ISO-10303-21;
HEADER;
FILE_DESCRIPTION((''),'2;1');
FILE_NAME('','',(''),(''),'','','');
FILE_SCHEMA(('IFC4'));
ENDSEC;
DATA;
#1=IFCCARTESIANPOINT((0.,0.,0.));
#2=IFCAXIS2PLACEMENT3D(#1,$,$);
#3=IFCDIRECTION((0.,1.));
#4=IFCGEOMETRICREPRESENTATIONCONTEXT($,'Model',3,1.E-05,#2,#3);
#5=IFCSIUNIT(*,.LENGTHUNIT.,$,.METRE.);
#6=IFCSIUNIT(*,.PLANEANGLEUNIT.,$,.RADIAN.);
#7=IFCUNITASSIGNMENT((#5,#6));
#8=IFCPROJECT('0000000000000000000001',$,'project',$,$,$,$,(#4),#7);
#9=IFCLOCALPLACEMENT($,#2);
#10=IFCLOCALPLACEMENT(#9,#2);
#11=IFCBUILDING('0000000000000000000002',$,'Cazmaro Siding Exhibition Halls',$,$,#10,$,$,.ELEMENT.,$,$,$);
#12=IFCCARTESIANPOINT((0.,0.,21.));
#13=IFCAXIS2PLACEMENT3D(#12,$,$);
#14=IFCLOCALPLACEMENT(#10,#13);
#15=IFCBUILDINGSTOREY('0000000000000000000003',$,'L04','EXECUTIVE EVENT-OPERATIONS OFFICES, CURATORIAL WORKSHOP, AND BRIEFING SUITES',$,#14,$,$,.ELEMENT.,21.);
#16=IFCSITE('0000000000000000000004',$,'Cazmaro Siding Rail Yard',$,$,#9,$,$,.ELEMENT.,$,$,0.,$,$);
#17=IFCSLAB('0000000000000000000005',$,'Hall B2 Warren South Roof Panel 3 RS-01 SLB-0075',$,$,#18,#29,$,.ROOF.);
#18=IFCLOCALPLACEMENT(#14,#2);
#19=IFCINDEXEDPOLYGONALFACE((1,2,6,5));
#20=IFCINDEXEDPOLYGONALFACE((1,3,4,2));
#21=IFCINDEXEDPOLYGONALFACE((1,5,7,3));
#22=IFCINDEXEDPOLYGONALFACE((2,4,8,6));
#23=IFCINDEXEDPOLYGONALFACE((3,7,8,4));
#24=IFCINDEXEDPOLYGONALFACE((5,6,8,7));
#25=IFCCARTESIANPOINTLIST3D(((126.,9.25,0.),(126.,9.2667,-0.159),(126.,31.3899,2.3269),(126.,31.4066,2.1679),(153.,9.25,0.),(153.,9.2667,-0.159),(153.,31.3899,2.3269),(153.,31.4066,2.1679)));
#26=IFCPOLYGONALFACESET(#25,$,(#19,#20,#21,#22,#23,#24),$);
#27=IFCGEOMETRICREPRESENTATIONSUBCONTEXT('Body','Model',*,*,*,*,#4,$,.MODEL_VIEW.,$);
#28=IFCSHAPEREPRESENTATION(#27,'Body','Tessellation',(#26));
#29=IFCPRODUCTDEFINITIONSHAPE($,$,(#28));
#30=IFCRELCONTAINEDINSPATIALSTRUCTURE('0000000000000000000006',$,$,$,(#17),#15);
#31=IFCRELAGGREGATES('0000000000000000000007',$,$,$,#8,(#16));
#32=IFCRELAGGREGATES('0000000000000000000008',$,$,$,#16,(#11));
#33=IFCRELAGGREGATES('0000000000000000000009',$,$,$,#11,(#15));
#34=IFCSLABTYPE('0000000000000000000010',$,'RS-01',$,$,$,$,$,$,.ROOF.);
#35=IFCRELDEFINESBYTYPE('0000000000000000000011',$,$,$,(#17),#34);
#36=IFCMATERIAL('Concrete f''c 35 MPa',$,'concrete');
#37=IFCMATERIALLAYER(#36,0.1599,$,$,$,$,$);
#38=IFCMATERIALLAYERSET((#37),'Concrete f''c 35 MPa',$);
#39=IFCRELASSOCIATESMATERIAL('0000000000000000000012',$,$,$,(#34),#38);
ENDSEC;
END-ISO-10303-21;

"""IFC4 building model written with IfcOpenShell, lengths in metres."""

from ifc_helpers import new_model, si_unit, direction, frame, origin, place, context, subcontext, project, spatial, polyline, outline, extrude, material, layer, layer_set, type_object, element, save


model = new_model("IFC4")

# Units and contexts
model_context = context("Model", 3, precision=1e-05, world=origin(), true_north=direction((0.0, 1.0)))
body_context = subcontext(model_context, "Body", "Model", "MODEL_VIEW")
ifc_project = project(units=[si_unit("LENGTHUNIT", "METRE"), si_unit("PLANEANGLEUNIT", "RADIAN")], contexts=[model_context])

# Site, building, storey
site_placement = place(None, origin())
site = spatial("IfcSite", under=ifc_project, at=site_placement, Name="Cazmaro Siding Rail Yard", CompositionType="ELEMENT", RefElevation=0.0)
building_placement = place(site_placement, origin())
building = spatial("IfcBuilding", under=site, at=building_placement, Name="Cazmaro Siding Exhibition Halls", CompositionType="ELEMENT")
storey_placement = place(building_placement, frame((0.0, 0.0, 21.0)))
storey = spatial("IfcBuildingStorey", under=building, at=storey_placement, Name="L04", Description="EXECUTIVE EVENT-OPERATIONS OFFICES, CURATORIAL WORKSHOP, AND BRIEFING SUITES", CompositionType="ELEMENT", Elevation=21.0)

# Slab
ifc_material_1 = material(Name="Concrete f'c 35 MPa", Category="concrete")
ifc_layer_1 = layer(ifc_material_1, 0.1599)
ifc_layer_set_1 = layer_set([ifc_layer_1], Name="Concrete f'c 35 MPa")
slab_type = type_object("IfcSlabType", Name="RS-01", PredefinedType="ROOF", material=ifc_layer_set_1)
slab_placement = place(storey_placement, frame((126.0, 9.25, 0.0), z_axis=(0.0, -0.104524, 0.994522), x_axis=(1.0, 0.0, 0.0)))
element("IfcSlab", 1, at=slab_placement, inside=storey, type_object=slab_type, Name="Hall B2 Warren South Roof Panel 3 RS-01 SLB-0075", PredefinedType="ROOF", context=body_context, shape_type="SweptSolid", body=[
    extrude(outline(polyline([(0.0, 0.0), (27.0, 0.0), (27.0, 22.2618), (0.0, 22.2618), (0.0, 0.0)])), origin(), (0.0, 0.0, -1.0), 0.1599),
])

save(model, "model.ifc")
